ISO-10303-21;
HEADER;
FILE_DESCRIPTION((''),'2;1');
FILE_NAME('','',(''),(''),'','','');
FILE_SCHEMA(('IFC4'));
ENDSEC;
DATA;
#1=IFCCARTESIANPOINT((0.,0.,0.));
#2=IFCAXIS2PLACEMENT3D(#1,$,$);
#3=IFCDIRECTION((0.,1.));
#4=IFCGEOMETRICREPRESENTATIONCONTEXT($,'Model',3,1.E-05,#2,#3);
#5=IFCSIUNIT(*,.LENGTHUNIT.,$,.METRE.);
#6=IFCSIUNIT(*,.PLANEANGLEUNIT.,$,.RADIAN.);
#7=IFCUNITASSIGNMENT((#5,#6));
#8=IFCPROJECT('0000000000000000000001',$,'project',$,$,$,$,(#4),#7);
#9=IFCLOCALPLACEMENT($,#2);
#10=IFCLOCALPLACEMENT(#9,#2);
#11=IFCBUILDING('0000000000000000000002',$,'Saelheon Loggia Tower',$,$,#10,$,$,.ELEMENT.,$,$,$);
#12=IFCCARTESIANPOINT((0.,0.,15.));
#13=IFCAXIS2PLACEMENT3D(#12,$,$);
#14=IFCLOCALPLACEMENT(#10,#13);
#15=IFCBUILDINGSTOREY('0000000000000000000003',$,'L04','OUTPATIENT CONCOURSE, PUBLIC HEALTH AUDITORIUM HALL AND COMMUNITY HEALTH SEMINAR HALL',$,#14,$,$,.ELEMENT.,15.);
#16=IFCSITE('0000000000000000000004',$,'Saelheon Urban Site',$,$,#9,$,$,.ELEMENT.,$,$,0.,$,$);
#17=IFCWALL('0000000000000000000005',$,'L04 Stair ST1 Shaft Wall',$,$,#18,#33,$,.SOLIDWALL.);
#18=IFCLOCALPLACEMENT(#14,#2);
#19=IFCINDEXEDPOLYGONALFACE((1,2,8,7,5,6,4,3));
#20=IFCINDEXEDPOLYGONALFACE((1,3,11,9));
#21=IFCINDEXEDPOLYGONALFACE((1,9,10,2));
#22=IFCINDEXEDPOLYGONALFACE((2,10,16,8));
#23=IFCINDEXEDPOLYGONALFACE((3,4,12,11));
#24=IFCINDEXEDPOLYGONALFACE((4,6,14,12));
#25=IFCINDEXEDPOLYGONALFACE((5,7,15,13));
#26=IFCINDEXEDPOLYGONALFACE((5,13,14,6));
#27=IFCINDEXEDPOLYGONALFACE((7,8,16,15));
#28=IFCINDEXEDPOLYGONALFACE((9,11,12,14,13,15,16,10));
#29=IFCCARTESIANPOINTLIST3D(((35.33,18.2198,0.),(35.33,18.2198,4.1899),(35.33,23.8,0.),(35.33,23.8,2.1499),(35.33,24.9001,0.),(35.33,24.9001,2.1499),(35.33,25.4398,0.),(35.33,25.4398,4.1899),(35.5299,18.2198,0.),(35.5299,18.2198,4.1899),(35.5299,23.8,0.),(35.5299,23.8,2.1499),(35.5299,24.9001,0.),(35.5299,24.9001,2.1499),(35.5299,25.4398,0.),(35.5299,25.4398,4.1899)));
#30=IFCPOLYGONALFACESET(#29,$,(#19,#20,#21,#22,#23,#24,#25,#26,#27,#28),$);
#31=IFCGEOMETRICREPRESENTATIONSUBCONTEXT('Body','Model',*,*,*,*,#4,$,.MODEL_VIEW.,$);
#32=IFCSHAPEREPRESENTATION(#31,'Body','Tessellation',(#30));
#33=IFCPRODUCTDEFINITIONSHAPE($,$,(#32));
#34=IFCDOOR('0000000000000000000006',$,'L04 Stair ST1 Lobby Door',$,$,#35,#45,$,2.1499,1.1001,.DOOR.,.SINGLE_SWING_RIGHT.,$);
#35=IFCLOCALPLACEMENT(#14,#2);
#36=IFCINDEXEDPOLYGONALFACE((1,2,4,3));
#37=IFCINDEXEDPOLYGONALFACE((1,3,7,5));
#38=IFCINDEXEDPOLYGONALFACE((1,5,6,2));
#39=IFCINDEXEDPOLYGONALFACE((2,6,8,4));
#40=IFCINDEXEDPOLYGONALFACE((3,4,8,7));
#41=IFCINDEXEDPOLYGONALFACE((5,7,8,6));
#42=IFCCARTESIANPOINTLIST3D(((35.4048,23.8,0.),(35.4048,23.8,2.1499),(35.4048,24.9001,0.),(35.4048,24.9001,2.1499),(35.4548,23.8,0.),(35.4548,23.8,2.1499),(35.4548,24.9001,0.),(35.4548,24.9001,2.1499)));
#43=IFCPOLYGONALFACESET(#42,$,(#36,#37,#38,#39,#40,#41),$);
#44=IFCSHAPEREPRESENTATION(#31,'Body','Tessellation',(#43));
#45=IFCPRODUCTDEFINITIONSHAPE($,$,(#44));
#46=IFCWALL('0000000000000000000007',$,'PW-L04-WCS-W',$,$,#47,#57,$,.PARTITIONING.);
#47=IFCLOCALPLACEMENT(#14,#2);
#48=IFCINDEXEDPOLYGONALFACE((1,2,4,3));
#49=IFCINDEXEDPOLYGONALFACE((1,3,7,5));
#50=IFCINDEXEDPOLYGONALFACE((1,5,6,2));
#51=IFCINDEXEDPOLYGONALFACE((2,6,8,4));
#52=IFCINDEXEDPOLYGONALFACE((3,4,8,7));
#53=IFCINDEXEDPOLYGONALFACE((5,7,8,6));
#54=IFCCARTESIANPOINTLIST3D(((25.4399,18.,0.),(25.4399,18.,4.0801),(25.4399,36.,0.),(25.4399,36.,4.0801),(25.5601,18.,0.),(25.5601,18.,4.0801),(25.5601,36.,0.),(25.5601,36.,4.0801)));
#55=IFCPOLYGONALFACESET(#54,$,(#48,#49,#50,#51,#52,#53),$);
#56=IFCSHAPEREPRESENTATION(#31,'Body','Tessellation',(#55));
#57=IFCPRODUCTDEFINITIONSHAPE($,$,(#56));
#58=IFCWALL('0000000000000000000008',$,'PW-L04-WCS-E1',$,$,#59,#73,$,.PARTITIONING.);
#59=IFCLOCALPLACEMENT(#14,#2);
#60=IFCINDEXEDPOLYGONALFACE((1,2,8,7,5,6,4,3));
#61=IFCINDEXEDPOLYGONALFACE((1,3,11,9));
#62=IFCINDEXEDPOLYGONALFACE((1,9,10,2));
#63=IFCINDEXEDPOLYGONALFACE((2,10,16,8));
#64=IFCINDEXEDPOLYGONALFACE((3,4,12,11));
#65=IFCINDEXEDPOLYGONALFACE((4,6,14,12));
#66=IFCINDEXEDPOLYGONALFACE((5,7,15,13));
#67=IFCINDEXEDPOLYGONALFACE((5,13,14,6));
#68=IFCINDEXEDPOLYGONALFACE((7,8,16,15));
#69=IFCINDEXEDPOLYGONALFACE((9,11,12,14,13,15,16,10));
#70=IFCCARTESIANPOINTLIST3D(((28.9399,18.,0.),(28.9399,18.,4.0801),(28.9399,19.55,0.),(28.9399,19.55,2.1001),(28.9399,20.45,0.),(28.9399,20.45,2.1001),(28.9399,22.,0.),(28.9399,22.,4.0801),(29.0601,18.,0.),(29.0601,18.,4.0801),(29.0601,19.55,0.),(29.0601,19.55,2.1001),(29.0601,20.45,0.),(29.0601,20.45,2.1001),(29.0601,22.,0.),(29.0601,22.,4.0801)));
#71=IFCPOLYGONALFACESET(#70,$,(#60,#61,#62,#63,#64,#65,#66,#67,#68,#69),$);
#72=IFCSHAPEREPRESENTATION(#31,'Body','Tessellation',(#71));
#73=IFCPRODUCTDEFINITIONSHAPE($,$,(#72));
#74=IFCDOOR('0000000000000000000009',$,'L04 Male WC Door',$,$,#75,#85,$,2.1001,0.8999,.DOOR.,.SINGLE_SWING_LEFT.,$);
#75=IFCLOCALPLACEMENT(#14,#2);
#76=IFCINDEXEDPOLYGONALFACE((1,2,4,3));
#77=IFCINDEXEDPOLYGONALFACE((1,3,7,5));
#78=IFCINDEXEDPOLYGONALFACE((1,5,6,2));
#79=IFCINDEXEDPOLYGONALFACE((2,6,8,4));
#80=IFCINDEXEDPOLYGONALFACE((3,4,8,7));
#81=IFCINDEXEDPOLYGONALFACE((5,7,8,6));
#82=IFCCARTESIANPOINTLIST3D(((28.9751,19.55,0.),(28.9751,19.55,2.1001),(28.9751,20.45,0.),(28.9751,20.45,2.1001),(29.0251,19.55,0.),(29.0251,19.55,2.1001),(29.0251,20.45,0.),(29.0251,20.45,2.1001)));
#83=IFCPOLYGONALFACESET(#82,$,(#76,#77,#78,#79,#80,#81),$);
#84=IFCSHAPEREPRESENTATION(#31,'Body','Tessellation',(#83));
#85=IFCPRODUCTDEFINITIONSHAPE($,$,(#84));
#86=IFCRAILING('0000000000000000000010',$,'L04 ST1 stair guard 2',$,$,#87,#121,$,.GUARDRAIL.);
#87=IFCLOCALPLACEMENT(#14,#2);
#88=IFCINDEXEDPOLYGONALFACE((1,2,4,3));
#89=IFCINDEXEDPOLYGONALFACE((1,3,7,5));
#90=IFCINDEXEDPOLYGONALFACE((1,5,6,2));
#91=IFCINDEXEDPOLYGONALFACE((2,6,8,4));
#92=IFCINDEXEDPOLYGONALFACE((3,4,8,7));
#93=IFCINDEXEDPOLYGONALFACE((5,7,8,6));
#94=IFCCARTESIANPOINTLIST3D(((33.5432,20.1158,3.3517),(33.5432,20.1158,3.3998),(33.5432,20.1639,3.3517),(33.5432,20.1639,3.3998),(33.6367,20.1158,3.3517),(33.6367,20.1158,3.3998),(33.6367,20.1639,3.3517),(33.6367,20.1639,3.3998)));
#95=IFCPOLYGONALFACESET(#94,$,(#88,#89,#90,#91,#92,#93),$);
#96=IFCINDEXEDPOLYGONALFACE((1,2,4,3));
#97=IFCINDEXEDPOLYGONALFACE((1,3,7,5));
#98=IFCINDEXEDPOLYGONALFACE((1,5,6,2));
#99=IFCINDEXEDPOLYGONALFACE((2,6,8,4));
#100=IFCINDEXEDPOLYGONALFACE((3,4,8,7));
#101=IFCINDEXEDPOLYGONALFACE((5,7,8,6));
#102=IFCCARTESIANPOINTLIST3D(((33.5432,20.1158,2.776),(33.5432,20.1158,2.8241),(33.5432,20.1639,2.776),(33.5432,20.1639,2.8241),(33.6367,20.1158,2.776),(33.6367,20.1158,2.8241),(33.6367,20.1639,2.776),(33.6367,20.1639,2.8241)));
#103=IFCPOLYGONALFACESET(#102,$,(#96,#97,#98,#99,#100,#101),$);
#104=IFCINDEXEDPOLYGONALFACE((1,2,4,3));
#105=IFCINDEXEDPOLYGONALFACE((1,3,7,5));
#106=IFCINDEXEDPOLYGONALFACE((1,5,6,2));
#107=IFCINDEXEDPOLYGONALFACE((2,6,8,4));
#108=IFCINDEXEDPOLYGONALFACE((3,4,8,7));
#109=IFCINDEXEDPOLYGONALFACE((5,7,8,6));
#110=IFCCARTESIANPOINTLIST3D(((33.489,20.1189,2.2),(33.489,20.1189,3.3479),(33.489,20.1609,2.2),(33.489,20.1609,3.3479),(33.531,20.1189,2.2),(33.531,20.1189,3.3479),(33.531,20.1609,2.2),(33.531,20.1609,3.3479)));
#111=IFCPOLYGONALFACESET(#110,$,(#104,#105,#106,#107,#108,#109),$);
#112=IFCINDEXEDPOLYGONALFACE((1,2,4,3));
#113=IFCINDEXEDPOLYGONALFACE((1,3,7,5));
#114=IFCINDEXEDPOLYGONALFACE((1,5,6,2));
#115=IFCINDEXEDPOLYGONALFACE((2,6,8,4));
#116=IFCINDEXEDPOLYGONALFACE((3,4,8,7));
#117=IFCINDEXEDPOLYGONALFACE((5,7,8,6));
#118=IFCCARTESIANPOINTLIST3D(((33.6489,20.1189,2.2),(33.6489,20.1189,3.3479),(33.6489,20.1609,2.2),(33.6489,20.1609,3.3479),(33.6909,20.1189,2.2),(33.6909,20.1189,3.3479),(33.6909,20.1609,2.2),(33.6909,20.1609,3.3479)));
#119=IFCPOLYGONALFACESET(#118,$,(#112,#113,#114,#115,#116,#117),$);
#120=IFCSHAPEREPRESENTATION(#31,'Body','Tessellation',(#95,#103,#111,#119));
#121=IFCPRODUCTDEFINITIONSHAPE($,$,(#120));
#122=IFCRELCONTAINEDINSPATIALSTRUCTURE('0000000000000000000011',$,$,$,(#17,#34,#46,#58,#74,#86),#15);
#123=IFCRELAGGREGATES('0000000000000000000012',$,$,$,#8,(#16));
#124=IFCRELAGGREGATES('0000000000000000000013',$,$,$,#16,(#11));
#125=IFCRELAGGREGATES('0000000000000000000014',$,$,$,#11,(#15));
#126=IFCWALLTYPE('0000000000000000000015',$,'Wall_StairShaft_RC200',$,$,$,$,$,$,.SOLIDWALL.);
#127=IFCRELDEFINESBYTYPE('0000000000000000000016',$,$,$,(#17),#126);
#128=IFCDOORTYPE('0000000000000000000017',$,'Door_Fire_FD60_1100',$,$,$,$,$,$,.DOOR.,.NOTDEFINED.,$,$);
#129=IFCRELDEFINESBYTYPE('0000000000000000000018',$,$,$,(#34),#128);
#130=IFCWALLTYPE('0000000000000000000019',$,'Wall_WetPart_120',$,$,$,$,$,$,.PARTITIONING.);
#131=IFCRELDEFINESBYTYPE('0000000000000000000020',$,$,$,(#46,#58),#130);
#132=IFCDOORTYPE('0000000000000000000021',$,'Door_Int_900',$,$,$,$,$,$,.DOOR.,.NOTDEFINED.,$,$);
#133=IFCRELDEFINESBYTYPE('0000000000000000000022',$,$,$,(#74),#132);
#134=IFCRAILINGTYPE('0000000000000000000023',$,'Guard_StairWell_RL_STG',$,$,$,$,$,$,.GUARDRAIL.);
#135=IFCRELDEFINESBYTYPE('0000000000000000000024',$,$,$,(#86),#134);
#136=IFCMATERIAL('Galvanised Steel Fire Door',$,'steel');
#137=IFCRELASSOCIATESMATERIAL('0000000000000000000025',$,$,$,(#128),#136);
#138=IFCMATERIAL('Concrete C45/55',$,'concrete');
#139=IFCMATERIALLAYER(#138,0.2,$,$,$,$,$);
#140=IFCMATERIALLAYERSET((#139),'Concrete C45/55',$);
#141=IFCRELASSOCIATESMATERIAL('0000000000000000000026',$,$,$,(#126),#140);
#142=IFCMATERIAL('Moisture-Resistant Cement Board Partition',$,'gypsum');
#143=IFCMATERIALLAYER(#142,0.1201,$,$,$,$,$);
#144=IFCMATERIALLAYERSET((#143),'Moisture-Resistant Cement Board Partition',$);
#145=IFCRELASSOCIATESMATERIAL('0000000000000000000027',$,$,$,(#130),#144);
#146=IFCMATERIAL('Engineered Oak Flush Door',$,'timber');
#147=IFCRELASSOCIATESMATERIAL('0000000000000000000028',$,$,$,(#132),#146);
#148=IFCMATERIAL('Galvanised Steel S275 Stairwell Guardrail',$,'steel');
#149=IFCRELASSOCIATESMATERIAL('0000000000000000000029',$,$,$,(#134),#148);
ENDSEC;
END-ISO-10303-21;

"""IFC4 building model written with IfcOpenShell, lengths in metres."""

from ifc_helpers import new_model, si_unit, direction, frame, frame_2d, origin, origin_2d, place, context, subcontext, project, spatial, rectangle, extrude, source, transform, mapped, material, layer, layer_set, type_object, element, fill, save


model = new_model("IFC4")

# Units and contexts
model_context = context("Model", 3, precision=1e-05, world=origin(), true_north=direction((0.0, 1.0)))
body_context = subcontext(model_context, "Body", "Model", "MODEL_VIEW")
ifc_project = project(units=[si_unit("LENGTHUNIT", "METRE"), si_unit("PLANEANGLEUNIT", "RADIAN")], contexts=[model_context])

# Site, building, storey
site_placement = place(None, origin())
site = spatial("IfcSite", under=ifc_project, at=site_placement, Name="Saelheon Urban Site", CompositionType="ELEMENT", RefElevation=0.0)
building_placement = place(site_placement, origin())
building = spatial("IfcBuilding", under=site, at=building_placement, Name="Saelheon Loggia Tower", CompositionType="ELEMENT")
storey_placement = place(building_placement, frame((0.0, 0.0, 15.0)))
storey = spatial("IfcBuildingStorey", under=building, at=storey_placement, Name="L04", Description="OUTPATIENT CONCOURSE, PUBLIC HEALTH AUDITORIUM HALL AND COMMUNITY HEALTH SEMINAR HALL", CompositionType="ELEMENT", Elevation=15.0)

# Shared definitions
ifc_material_1 = material(Name="Galvanised Steel Fire Door", Category="steel")
door_type_1 = type_object("IfcDoorType", Name="Door_Fire_FD60_1100", OperationType="NOTDEFINED", PredefinedType="DOOR", material=ifc_material_1)
shared_shape_1 = source(origin(), body_context, "Body", "SweptSolid", [
    extrude(rectangle(XDim=1.1001, YDim=2.1499, at=frame_2d((0.55, 1.075))), frame((0.0, 0.0249, 0.0), z_axis=(0.0, -1.0, 0.0), x_axis=(1.0, 0.0, 0.0)), (0.0, 0.0, 1.0), 0.05),
])

# Wall, opening, door
ifc_material_2 = material(Name="Concrete C45/55", Category="concrete")
ifc_layer_1 = layer(ifc_material_2, 0.2)
ifc_layer_set_1 = layer_set([ifc_layer_1], Name="Concrete C45/55")
wall_type_1 = type_object("IfcWallType", Name="Wall_StairShaft_RC200", PredefinedType="SOLIDWALL", material=ifc_layer_set_1)
wall_1_placement = place(storey_placement, frame((35.4299, 18.22, 0.0), z_axis=(0.0, 0.0, 1.0), x_axis=(0.0, 1.0, 0.0)))
wall_1 = element("IfcWall", 1, at=wall_1_placement, inside=storey, type_object=wall_type_1, Name="L04 Stair ST1 Shaft Wall", PredefinedType="SOLIDWALL", context=body_context, shape_type="SweptSolid", body=[
    extrude(rectangle(XDim=7.22, YDim=0.2, at=frame_2d((3.6099, 0.0))), origin(), (0.0, 0.0, 1.0), 4.1899),
])
opening_1_placement = place(wall_1_placement, frame((6.6802, 0.0, 0.0), z_axis=(0.0, 0.0, 1.0), x_axis=(-1.0, 0.0, 0.0)))
opening_1 = element("IfcOpeningElement", 2, at=opening_1_placement, cuts=wall_1, PredefinedType="OPENING", context=body_context, shape_type="SweptSolid", body=[
    extrude(rectangle(XDim=1.1001, YDim=2.1499, at=frame_2d((0.55, 1.075))), frame((0.0, 0.1121, 0.0), z_axis=(0.0, -1.0, 0.0), x_axis=(1.0, 0.0, 0.0)), (0.0, 0.0, 1.0), 0.2239),
])
door_1_placement = place(opening_1_placement, origin())
door_1 = element("IfcDoor", 3, at=door_1_placement, inside=storey, type_object=door_type_1, Name="L04 Stair ST1 Lobby Door", OperationType="SINGLE_SWING_RIGHT", OverallHeight=2.1499, OverallWidth=1.1001, PredefinedType="DOOR", context=body_context, shape_type="MappedRepresentation", body=[
    mapped(shared_shape_1, transform((0.0, 0.0, 0.0), scale=1.0)),
])
fill(opening_1, door_1)

# Wall
ifc_material_3 = material(Name="Moisture-Resistant Cement Board Partition", Category="gypsum")
ifc_layer_2 = layer(ifc_material_3, 0.1201)
ifc_layer_set_2 = layer_set([ifc_layer_2], Name="Moisture-Resistant Cement Board Partition")
wall_type_2 = type_object("IfcWallType", Name="Wall_WetPart_120", PredefinedType="PARTITIONING", material=ifc_layer_set_2)
wall_2_placement = place(storey_placement, frame((25.5, 18.0, 0.0), z_axis=(0.0, 0.0, 1.0), x_axis=(0.0, 1.0, 0.0)))
element("IfcWall", 4, at=wall_2_placement, inside=storey, type_object=wall_type_2, Name="PW-L04-WCS-W", PredefinedType="PARTITIONING", context=body_context, shape_type="SweptSolid", body=[
    extrude(rectangle(XDim=18.0, YDim=0.1201, at=frame_2d((9.0, 0.0))), origin(), (0.0, 0.0, 1.0), 4.0801),
])

# Wall, opening, door
wall_3_placement = place(storey_placement, frame((29.0, 18.0, 0.0), z_axis=(0.0, 0.0, 1.0), x_axis=(0.0, 1.0, 0.0)))
wall_3 = element("IfcWall", 5, at=wall_3_placement, inside=storey, type_object=wall_type_2, Name="PW-L04-WCS-E1", PredefinedType="PARTITIONING", context=body_context, shape_type="SweptSolid", body=[
    extrude(rectangle(XDim=4.0, YDim=0.1201, at=frame_2d((2.0, 0.0))), origin(), (0.0, 0.0, 1.0), 4.0801),
])
opening_2_placement = place(wall_3_placement, frame((1.55, 0.0, 0.0)))
opening_2 = element("IfcOpeningElement", 6, at=opening_2_placement, cuts=wall_3, PredefinedType="OPENING", context=body_context, shape_type="SweptSolid", body=[
    extrude(rectangle(XDim=0.8999, YDim=2.1001, at=frame_2d((0.45, 1.05))), frame((0.0, 0.072, 0.0), z_axis=(0.0, -1.0, 0.0), x_axis=(1.0, 0.0, 0.0)), (0.0, 0.0, 1.0), 0.144),
])
ifc_material_4 = material(Name="Engineered Oak Flush Door", Category="timber")
door_type_2 = type_object("IfcDoorType", Name="Door_Int_900", OperationType="NOTDEFINED", PredefinedType="DOOR", material=ifc_material_4)
shared_shape_2 = source(origin(), body_context, "Body", "SweptSolid", [
    extrude(rectangle(XDim=0.8999, YDim=2.1001, at=frame_2d((0.45, 1.05))), frame((0.0, 0.0249, 0.0), z_axis=(0.0, -1.0, 0.0), x_axis=(1.0, 0.0, 0.0)), (0.0, 0.0, 1.0), 0.05),
])
door_2_placement = place(opening_2_placement, origin())
door_2 = element("IfcDoor", 7, at=door_2_placement, inside=storey, type_object=door_type_2, Name="L04 Male WC Door", OperationType="SINGLE_SWING_LEFT", OverallHeight=2.1001, OverallWidth=0.8999, PredefinedType="DOOR", context=body_context, shape_type="MappedRepresentation", body=[
    mapped(shared_shape_2, transform((0.0, 0.0, 0.0), scale=1.0)),
])
fill(opening_2, door_2)

# Railing
ifc_material_5 = material(Name="Galvanised Steel S275 Stairwell Guardrail", Category="steel")
railing_type_1 = type_object("IfcRailingType", Name="Guard_StairWell_RL_STG", PredefinedType="GUARDRAIL", material=ifc_material_5)
railing_1_placement = place(storey_placement, frame((33.51, 20.1399, 2.2)))
element("IfcRailing", 8, at=railing_1_placement, inside=storey, type_object=railing_type_1, Name="L04 ST1 stair guard 2", PredefinedType="GUARDRAIL", context=body_context, shape_type="SweptSolid", body=[
    extrude(rectangle(XDim=0.0481, YDim=0.0481, at=origin_2d()), frame((0.0332, 0.0, 1.1758), z_axis=(1.0, 0.0, 0.0), x_axis=(0.0, 1.0, 0.0)), (0.0, 0.0, 1.0), 0.0935),
    extrude(rectangle(XDim=0.0481, YDim=0.0481, at=origin_2d()), frame((0.0332, 0.0, 0.6001), z_axis=(1.0, 0.0, 0.0), x_axis=(0.0, 1.0, 0.0)), (0.0, 0.0, 1.0), 0.0935),
    extrude(rectangle(XDim=0.042, YDim=0.042, at=origin_2d()), origin(), (0.0, 0.0, 1.0), 1.1479),
    extrude(rectangle(XDim=0.042, YDim=0.042, at=origin_2d()), frame((0.1599, 0.0, 0.0)), (0.0, 0.0, 1.0), 1.1479),
])

save(model, "model.ifc")
